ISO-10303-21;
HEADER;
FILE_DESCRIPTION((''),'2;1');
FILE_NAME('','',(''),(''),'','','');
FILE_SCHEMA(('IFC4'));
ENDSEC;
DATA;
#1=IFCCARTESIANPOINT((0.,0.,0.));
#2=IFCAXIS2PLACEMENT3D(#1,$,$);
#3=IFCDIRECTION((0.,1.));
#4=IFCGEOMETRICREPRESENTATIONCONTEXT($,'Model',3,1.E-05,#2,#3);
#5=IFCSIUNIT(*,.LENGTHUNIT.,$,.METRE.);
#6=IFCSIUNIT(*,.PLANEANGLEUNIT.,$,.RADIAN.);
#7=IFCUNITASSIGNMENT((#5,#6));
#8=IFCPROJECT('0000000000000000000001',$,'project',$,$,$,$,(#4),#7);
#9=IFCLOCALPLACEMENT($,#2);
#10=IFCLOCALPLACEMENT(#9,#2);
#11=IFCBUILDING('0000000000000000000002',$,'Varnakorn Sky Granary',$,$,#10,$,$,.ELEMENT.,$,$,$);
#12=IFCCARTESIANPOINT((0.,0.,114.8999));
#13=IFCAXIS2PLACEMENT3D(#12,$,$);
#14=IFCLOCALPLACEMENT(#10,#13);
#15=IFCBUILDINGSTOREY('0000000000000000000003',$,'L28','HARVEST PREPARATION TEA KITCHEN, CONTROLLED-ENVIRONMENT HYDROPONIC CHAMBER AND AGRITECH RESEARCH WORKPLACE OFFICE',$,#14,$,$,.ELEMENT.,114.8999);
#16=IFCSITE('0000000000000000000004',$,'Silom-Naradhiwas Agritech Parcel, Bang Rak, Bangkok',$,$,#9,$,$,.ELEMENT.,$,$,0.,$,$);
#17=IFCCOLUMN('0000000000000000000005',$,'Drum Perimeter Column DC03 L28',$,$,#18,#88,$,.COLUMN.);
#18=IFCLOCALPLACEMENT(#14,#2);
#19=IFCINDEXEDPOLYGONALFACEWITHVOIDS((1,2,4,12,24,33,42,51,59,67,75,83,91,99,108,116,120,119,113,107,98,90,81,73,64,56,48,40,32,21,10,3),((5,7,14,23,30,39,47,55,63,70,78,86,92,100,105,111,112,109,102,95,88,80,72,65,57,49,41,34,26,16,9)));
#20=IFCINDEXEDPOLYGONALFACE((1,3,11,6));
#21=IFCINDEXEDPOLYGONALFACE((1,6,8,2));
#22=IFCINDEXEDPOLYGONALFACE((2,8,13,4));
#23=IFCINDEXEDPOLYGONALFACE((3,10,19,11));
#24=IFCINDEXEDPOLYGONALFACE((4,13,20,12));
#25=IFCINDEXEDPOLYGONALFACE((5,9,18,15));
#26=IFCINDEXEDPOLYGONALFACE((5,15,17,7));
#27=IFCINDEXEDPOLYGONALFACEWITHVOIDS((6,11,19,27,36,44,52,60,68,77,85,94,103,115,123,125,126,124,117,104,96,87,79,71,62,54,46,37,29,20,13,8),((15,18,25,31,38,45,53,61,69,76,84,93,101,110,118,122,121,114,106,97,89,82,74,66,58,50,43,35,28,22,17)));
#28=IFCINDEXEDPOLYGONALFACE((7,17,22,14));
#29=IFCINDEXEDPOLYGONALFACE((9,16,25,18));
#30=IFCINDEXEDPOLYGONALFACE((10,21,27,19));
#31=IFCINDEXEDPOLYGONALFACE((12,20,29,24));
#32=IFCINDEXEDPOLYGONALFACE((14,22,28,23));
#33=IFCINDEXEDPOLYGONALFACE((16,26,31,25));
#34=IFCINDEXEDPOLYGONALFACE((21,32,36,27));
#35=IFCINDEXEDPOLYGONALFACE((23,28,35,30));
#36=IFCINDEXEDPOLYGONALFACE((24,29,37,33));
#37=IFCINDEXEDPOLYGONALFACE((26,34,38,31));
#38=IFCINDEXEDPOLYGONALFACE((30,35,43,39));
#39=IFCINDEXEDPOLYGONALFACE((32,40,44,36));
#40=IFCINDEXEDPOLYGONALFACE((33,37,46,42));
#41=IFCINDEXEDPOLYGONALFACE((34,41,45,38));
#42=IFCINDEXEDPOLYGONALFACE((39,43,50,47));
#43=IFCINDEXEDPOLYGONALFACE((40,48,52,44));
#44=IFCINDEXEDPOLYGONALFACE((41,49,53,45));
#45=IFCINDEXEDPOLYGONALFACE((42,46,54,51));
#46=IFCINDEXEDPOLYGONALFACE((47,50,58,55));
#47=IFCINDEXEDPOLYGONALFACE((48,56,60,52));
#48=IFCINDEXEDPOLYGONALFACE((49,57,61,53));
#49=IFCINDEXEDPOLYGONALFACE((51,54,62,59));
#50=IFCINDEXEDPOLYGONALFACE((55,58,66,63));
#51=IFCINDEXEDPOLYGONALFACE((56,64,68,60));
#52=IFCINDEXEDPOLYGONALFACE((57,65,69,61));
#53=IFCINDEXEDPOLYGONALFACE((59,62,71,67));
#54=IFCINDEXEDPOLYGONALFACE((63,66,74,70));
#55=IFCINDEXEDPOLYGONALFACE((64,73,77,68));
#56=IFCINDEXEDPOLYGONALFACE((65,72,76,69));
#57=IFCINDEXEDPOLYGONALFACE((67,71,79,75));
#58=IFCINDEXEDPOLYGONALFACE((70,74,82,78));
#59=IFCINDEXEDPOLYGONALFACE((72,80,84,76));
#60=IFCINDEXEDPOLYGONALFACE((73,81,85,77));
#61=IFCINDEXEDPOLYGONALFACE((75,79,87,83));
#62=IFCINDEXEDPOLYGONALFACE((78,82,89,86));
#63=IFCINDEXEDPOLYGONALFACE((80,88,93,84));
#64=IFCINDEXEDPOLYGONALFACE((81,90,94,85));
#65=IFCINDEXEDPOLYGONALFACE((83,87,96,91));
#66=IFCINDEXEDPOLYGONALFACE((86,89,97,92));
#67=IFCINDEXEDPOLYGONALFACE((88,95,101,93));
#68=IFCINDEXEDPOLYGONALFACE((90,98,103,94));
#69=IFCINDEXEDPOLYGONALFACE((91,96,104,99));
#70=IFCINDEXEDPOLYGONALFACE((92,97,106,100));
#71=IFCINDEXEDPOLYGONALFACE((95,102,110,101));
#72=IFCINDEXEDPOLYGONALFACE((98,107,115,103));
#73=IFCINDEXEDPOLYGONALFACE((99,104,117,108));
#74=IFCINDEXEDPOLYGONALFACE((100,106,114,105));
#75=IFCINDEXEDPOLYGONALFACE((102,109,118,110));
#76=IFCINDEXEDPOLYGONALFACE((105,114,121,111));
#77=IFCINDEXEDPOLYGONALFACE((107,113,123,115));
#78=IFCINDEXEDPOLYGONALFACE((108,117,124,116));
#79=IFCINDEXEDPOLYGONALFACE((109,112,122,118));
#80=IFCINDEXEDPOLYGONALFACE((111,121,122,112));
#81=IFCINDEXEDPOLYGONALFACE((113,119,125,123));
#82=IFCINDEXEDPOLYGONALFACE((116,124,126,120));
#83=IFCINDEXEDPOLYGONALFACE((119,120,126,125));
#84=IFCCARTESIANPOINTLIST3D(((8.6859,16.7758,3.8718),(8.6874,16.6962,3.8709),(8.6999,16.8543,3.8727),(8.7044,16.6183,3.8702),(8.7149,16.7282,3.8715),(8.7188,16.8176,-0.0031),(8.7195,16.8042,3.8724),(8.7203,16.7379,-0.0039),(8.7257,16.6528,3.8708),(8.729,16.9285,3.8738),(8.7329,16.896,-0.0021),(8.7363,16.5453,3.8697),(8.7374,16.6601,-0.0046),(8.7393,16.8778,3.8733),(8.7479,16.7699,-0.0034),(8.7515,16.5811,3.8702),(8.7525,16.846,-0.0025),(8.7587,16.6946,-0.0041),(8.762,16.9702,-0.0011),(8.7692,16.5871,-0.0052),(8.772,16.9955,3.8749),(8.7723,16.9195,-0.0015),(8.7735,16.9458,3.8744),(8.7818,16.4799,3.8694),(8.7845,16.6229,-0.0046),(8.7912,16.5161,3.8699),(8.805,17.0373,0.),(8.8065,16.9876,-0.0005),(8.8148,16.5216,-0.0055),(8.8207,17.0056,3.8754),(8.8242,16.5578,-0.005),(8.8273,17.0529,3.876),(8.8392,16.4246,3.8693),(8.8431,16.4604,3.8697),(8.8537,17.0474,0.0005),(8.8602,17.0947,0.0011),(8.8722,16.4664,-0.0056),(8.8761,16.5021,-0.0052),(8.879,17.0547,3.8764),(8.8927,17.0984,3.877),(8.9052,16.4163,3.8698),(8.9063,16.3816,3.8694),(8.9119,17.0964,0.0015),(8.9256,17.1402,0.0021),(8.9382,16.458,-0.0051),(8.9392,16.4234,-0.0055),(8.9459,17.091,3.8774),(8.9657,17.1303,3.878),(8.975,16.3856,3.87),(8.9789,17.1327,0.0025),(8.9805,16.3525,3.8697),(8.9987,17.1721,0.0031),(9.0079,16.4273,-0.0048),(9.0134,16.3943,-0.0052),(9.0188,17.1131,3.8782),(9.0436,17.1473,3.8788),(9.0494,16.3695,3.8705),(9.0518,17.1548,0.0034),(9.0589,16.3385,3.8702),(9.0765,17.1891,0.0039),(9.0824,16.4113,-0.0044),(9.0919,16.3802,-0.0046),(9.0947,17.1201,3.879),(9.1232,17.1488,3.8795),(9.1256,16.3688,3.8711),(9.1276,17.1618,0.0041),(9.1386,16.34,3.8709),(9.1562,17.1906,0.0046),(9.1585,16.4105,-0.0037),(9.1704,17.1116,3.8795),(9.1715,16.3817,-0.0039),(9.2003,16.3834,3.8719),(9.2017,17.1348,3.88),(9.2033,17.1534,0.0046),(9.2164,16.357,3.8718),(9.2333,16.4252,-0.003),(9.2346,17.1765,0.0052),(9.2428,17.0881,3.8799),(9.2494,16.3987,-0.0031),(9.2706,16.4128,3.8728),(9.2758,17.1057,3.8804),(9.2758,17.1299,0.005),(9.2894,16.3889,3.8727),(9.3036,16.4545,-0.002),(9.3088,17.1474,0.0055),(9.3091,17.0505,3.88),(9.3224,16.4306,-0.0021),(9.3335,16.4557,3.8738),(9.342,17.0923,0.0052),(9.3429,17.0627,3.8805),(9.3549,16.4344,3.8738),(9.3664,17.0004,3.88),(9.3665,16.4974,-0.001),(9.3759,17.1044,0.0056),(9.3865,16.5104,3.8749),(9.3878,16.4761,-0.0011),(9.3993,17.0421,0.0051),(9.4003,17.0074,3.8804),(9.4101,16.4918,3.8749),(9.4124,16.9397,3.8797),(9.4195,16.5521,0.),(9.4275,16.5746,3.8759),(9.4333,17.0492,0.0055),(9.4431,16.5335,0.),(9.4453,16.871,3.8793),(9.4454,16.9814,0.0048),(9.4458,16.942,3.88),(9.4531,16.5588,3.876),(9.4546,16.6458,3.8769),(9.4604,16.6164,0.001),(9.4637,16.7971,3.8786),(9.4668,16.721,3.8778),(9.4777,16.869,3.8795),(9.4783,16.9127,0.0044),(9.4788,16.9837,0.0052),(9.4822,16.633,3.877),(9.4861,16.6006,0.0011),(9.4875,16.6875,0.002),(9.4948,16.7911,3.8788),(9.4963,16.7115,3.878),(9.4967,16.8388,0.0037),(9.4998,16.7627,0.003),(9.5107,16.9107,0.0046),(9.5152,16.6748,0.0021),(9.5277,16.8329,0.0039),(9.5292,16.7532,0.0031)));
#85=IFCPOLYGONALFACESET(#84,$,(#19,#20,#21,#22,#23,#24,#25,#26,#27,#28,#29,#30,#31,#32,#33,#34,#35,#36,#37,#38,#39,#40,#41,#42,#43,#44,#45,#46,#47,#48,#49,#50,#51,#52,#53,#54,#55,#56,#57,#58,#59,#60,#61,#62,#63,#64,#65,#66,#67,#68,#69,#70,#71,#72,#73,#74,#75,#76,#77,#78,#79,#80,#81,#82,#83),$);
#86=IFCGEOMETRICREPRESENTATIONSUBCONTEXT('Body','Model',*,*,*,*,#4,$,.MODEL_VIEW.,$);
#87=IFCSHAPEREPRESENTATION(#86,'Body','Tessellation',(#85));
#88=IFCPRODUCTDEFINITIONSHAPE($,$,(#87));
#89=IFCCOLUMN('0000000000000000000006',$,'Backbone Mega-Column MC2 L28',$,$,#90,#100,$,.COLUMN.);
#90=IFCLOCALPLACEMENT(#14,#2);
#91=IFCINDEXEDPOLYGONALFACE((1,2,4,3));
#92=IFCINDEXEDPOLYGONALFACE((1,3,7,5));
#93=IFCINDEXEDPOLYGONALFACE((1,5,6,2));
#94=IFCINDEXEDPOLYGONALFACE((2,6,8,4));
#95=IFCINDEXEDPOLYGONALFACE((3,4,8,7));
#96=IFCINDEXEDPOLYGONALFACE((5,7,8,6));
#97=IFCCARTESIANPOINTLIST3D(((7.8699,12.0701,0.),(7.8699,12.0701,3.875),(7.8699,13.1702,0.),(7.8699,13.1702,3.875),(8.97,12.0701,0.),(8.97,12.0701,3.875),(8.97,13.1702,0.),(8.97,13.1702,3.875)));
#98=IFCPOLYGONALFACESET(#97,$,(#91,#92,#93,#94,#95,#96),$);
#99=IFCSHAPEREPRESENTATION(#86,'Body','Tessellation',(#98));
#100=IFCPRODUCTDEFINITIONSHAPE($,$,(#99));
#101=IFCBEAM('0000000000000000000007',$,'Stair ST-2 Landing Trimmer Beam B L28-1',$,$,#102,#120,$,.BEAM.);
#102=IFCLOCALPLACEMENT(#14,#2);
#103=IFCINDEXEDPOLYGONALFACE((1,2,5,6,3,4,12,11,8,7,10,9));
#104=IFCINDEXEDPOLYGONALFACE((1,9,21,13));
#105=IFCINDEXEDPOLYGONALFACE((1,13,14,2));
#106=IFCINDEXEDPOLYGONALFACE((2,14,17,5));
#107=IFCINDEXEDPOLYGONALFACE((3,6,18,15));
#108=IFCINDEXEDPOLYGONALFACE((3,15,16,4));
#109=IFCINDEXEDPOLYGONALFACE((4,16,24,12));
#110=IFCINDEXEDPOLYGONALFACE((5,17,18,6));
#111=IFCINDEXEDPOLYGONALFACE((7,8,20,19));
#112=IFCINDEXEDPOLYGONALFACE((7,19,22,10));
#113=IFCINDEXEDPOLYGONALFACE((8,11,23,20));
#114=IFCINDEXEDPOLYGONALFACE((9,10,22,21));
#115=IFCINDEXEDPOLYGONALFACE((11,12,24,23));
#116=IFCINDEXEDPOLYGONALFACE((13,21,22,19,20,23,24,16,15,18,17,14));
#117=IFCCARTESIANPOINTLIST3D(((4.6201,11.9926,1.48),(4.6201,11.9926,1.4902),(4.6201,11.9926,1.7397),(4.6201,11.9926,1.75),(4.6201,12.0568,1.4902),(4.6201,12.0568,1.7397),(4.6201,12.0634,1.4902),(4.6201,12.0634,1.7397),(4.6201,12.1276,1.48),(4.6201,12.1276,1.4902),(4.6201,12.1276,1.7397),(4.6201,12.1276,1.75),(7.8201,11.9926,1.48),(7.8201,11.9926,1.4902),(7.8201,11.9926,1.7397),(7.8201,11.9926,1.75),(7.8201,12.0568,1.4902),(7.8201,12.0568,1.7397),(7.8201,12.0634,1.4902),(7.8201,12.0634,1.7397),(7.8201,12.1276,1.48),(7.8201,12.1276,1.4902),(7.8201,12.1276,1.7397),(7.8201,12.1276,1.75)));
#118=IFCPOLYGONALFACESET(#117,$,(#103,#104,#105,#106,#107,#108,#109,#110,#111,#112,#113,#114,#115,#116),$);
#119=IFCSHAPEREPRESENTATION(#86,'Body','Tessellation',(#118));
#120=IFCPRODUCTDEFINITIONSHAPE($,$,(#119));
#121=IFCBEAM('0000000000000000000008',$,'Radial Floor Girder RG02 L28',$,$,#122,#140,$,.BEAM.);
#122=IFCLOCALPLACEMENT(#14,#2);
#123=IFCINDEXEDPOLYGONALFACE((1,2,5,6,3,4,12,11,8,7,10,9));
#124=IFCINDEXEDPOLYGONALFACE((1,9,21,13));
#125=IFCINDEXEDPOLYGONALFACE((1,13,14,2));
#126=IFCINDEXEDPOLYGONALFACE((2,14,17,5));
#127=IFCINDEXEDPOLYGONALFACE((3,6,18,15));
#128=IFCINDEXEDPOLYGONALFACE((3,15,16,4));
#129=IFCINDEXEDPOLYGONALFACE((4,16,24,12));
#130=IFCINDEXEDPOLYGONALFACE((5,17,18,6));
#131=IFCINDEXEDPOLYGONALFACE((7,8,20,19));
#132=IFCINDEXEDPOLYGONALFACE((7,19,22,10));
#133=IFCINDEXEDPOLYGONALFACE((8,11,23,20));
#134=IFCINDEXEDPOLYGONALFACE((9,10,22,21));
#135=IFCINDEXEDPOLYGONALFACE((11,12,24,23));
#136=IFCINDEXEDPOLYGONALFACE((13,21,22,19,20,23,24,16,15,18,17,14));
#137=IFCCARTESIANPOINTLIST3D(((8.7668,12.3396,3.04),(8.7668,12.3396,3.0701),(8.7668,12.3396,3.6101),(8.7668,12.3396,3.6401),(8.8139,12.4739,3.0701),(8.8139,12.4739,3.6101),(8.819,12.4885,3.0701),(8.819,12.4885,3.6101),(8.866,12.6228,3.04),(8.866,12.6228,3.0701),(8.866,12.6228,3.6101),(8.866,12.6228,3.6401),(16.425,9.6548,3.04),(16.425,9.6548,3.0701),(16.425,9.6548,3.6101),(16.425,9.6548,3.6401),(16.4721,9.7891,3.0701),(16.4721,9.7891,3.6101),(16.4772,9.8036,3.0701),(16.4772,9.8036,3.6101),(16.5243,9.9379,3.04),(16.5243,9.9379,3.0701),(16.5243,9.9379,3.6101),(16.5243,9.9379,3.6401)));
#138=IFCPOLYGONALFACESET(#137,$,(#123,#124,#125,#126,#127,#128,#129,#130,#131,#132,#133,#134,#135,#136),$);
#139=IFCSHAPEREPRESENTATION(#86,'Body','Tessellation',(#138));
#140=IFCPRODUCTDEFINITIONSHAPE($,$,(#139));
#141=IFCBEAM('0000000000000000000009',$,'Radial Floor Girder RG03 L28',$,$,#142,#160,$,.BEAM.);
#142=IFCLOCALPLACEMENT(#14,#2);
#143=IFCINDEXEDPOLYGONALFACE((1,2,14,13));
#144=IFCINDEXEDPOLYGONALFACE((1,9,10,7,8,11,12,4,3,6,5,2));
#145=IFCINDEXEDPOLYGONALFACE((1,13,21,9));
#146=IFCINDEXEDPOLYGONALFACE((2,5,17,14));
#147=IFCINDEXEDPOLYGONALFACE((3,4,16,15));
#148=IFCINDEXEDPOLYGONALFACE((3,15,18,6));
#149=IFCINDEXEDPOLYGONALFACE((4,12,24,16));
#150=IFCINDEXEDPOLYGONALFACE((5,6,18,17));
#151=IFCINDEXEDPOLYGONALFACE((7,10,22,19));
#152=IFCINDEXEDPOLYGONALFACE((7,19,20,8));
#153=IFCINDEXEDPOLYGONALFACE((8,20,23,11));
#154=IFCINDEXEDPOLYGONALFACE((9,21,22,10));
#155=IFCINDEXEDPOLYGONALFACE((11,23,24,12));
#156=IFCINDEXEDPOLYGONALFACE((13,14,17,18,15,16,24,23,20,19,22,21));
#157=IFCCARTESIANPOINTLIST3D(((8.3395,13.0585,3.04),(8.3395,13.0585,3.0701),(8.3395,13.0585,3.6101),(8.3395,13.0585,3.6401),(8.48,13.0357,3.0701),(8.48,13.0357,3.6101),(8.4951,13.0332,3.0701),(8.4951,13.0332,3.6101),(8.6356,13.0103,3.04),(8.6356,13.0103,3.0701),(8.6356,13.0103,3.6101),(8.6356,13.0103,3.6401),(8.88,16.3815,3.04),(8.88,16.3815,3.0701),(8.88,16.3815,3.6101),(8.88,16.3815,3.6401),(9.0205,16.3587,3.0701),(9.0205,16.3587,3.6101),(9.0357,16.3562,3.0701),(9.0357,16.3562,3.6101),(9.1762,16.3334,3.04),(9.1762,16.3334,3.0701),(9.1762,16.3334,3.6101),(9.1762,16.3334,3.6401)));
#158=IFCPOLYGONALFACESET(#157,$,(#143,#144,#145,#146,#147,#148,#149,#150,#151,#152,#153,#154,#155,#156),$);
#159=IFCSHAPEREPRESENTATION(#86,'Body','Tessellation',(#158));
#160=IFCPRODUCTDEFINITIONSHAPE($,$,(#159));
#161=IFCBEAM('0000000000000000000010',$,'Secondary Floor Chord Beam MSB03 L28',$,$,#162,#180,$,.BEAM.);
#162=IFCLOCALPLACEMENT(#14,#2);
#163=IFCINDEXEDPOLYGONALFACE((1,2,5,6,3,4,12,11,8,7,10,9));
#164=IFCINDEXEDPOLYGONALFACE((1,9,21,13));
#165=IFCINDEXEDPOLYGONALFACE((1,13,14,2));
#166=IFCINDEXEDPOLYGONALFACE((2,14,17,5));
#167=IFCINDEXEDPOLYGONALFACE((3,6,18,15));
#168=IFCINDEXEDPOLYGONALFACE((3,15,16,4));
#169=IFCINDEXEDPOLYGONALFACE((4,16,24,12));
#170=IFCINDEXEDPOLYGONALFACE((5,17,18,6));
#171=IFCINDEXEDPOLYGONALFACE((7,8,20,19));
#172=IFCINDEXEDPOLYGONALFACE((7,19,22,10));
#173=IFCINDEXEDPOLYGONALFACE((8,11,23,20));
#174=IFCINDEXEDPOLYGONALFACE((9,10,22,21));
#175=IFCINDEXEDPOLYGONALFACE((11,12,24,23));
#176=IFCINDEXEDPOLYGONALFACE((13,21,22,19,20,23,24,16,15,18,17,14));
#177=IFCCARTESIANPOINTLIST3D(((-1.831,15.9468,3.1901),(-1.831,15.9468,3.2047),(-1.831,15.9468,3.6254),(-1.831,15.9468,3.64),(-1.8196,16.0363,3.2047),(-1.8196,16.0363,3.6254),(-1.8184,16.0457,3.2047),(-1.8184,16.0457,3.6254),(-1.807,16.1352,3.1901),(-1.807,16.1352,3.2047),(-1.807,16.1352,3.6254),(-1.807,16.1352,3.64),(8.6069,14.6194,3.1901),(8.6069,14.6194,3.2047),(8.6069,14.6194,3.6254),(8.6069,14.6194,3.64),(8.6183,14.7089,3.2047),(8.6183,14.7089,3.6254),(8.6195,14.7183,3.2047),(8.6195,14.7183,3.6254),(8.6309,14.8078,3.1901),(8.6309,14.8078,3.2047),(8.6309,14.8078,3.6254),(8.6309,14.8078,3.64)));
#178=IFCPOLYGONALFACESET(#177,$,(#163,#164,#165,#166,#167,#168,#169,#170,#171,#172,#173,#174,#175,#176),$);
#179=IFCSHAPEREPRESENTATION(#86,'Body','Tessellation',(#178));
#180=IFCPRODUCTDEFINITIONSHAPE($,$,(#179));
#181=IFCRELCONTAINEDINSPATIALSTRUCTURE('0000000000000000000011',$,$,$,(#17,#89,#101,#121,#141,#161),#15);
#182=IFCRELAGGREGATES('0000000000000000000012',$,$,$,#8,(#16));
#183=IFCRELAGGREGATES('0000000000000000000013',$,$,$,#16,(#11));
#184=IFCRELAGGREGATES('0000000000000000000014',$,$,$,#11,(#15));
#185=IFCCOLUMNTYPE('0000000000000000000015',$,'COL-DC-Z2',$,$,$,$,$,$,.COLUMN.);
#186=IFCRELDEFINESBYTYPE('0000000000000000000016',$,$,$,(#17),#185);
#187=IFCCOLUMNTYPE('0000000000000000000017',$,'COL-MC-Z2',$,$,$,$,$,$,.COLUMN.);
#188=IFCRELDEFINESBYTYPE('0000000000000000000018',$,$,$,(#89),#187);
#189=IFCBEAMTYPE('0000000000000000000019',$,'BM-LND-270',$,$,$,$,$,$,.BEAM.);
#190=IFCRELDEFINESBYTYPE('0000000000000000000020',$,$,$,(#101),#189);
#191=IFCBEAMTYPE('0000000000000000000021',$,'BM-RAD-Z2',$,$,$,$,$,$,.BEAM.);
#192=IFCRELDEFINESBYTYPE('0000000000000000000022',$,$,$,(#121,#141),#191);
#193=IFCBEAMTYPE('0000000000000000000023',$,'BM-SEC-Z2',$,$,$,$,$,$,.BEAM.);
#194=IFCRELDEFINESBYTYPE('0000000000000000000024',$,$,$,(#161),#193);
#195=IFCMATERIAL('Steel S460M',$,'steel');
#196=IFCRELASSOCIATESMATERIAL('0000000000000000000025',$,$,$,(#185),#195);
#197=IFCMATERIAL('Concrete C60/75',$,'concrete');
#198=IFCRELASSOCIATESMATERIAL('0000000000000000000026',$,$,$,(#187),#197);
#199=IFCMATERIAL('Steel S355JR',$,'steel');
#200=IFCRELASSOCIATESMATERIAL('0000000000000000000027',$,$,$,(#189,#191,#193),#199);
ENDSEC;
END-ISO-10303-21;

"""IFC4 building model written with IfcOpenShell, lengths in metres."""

from ifc_helpers import new_model, si_unit, direction, frame, origin, origin_2d, place, context, subcontext, project, spatial, rectangle, hollow_circle, i_section, extrude, material, material_profile, profile_set, type_object, element, save


model = new_model("IFC4")

# Units and contexts
model_context = context("Model", 3, precision=1e-05, world=origin(), true_north=direction((0.0, 1.0)))
body_context = subcontext(model_context, "Body", "Model", "MODEL_VIEW")
ifc_project = project(units=[si_unit("LENGTHUNIT", "METRE"), si_unit("PLANEANGLEUNIT", "RADIAN")], contexts=[model_context])

# Site, building, storey
site_placement = place(None, origin())
site = spatial("IfcSite", under=ifc_project, at=site_placement, Name="Silom-Naradhiwas Agritech Parcel, Bang Rak, Bangkok", CompositionType="ELEMENT", RefElevation=0.0)
building_placement = place(site_placement, origin())
building = spatial("IfcBuilding", under=site, at=building_placement, Name="Varnakorn Sky Granary", CompositionType="ELEMENT")
storey_placement = place(building_placement, frame((0.0, 0.0, 114.8999)))
storey = spatial("IfcBuildingStorey", under=building, at=storey_placement, Name="L28", Description="HARVEST PREPARATION TEA KITCHEN, CONTROLLED-ENVIRONMENT HYDROPONIC CHAMBER AND AGRITECH RESEARCH WORKPLACE OFFICE", CompositionType="ELEMENT", Elevation=114.8999)

# Columns
ifc_material_1 = material(Name="Steel S460M", Category="steel")
ifc_material_profile_1 = material_profile(ifc_material_1, hollow_circle(Radius=0.4065, WallThickness=0.03, at=origin_2d()), Name="CHS 813x30")
ifc_profile_set_1 = profile_set([ifc_material_profile_1], Name="Steel S460M")
column_type_1 = type_object("IfcColumnType", Name="COL-DC-Z2", PredefinedType="COLUMN", material=ifc_profile_set_1)
column_1_placement = place(storey_placement, frame((9.124, 16.7854, 0.0), z_axis=(-0.008505, -0.010773, 0.999906), x_axis=(0.784883, -0.619644, 0.0)))
element("IfcColumn", 1, at=column_1_placement, inside=storey, type_object=column_type_1, Name="Drum Perimeter Column DC03 L28", PredefinedType="COLUMN", context=body_context, shape_type="SweptSolid", body=[
    extrude(hollow_circle(Radius=0.4065, WallThickness=0.03, at=origin_2d()), origin(), (0.0, 0.0, 1.0), 3.8752),
])
ifc_material_2 = material(Name="Concrete C60/75", Category="concrete")
ifc_material_profile_2 = material_profile(ifc_material_2, rectangle(XDim=1.1001, YDim=1.1001, at=origin_2d()), Name="RC 1100x1100")
ifc_profile_set_2 = profile_set([ifc_material_profile_2], Name="Concrete C60/75")
column_type_2 = type_object("IfcColumnType", Name="COL-MC-Z2", PredefinedType="COLUMN", material=ifc_profile_set_2)
column_2_placement = place(storey_placement, frame((8.4199, 12.6201, 0.0), z_axis=(0.0, 0.0, 1.0), x_axis=(1.0, 0.0, 0.0)))
element("IfcColumn", 2, at=column_2_placement, inside=storey, type_object=column_type_2, Name="Backbone Mega-Column MC2 L28", PredefinedType="COLUMN", context=body_context, shape_type="SweptSolid", body=[
    extrude(rectangle(XDim=1.1001, YDim=1.1001, at=origin_2d()), origin(), (0.0, 0.0, 1.0), 3.875),
])

# Beams
ifc_material_3 = material(Name="Steel S355JR", Category="steel")
ifc_material_profile_3 = material_profile(ifc_material_3, i_section(OverallWidth=0.135, OverallDepth=0.27, WebThickness=0.0066, FlangeThickness=0.0103, at=origin_2d()), Name="IPE 270")
ifc_profile_set_3 = profile_set([ifc_material_profile_3], Name="Steel S355JR")
beam_type_1 = type_object("IfcBeamType", Name="BM-LND-270", PredefinedType="BEAM", material=ifc_profile_set_3)
beam_1_placement = place(storey_placement, frame((4.6201, 12.0601, 1.615), z_axis=(1.0, 0.0, 0.0), x_axis=(0.0, 1.0, 0.0)))
element("IfcBeam", 3, at=beam_1_placement, inside=storey, type_object=beam_type_1, Name="Stair ST-2 Landing Trimmer Beam B L28-1", PredefinedType="BEAM", context=body_context, shape_type="SweptSolid", body=[
    extrude(i_section(OverallWidth=0.135, OverallDepth=0.27, WebThickness=0.0066, FlangeThickness=0.0103, at=origin_2d()), origin(), (0.0, 0.0, 1.0), 3.2),
])
ifc_material_profile_4 = material_profile(ifc_material_3, i_section(OverallWidth=0.3, OverallDepth=0.6001, WebThickness=0.0154, FlangeThickness=0.03, at=origin_2d()), Name="HE 600 B")
ifc_profile_set_4 = profile_set([ifc_material_profile_4], Name="Steel S355JR")
beam_type_2 = type_object("IfcBeamType", Name="BM-RAD-Z2", PredefinedType="BEAM", material=ifc_profile_set_4)
beam_2_placement = place(storey_placement, frame((8.8164, 12.4812, 3.3401), z_axis=(0.943688, -0.330838, 0.0), x_axis=(0.330838, 0.943688, 0.0)))
element("IfcBeam", 4, at=beam_2_placement, inside=storey, type_object=beam_type_2, Name="Radial Floor Girder RG02 L28", PredefinedType="BEAM", context=body_context, shape_type="SweptSolid", body=[
    extrude(i_section(OverallWidth=0.3, OverallDepth=0.6001, WebThickness=0.0154, FlangeThickness=0.03, at=origin_2d()), origin(), (0.0, 0.0, 1.0), 8.1152),
])
beam_3_placement = place(storey_placement, frame((8.4875, 13.0344, 3.3401), z_axis=(0.160552, 0.987027, 0.0), x_axis=(-0.987027, 0.160552, 0.0)))
element("IfcBeam", 5, at=beam_3_placement, inside=storey, type_object=beam_type_2, Name="Radial Floor Girder RG03 L28", PredefinedType="BEAM", context=body_context, shape_type="SweptSolid", body=[
    extrude(i_section(OverallWidth=0.3, OverallDepth=0.6001, WebThickness=0.0154, FlangeThickness=0.03, at=origin_2d()), origin(), (0.0, 0.0, 1.0), 3.3667),
])
ifc_material_profile_5 = material_profile(ifc_material_3, i_section(OverallWidth=0.1899, OverallDepth=0.45, WebThickness=0.0095, FlangeThickness=0.0146, at=origin_2d()), Name="IPE 450")
ifc_profile_set_5 = profile_set([ifc_material_profile_5], Name="Steel S355JR")
beam_type_3 = type_object("IfcBeamType", Name="BM-SEC-Z2", PredefinedType="BEAM", material=ifc_profile_set_5)
beam_4_placement = place(storey_placement, frame((8.6189, 14.7136, 3.415), z_axis=(-0.992011, 0.126153, 0.0), x_axis=(-0.126153, -0.992011, 0.0)))
element("IfcBeam", 6, at=beam_4_placement, inside=storey, type_object=beam_type_3, Name="Secondary Floor Chord Beam MSB03 L28", PredefinedType="BEAM", context=body_context, shape_type="SweptSolid", body=[
    extrude(i_section(OverallWidth=0.1899, OverallDepth=0.45, WebThickness=0.0095, FlangeThickness=0.0146, at=origin_2d()), origin(), (0.0, 0.0, 1.0), 10.522),
])

save(model, "model.ifc")
